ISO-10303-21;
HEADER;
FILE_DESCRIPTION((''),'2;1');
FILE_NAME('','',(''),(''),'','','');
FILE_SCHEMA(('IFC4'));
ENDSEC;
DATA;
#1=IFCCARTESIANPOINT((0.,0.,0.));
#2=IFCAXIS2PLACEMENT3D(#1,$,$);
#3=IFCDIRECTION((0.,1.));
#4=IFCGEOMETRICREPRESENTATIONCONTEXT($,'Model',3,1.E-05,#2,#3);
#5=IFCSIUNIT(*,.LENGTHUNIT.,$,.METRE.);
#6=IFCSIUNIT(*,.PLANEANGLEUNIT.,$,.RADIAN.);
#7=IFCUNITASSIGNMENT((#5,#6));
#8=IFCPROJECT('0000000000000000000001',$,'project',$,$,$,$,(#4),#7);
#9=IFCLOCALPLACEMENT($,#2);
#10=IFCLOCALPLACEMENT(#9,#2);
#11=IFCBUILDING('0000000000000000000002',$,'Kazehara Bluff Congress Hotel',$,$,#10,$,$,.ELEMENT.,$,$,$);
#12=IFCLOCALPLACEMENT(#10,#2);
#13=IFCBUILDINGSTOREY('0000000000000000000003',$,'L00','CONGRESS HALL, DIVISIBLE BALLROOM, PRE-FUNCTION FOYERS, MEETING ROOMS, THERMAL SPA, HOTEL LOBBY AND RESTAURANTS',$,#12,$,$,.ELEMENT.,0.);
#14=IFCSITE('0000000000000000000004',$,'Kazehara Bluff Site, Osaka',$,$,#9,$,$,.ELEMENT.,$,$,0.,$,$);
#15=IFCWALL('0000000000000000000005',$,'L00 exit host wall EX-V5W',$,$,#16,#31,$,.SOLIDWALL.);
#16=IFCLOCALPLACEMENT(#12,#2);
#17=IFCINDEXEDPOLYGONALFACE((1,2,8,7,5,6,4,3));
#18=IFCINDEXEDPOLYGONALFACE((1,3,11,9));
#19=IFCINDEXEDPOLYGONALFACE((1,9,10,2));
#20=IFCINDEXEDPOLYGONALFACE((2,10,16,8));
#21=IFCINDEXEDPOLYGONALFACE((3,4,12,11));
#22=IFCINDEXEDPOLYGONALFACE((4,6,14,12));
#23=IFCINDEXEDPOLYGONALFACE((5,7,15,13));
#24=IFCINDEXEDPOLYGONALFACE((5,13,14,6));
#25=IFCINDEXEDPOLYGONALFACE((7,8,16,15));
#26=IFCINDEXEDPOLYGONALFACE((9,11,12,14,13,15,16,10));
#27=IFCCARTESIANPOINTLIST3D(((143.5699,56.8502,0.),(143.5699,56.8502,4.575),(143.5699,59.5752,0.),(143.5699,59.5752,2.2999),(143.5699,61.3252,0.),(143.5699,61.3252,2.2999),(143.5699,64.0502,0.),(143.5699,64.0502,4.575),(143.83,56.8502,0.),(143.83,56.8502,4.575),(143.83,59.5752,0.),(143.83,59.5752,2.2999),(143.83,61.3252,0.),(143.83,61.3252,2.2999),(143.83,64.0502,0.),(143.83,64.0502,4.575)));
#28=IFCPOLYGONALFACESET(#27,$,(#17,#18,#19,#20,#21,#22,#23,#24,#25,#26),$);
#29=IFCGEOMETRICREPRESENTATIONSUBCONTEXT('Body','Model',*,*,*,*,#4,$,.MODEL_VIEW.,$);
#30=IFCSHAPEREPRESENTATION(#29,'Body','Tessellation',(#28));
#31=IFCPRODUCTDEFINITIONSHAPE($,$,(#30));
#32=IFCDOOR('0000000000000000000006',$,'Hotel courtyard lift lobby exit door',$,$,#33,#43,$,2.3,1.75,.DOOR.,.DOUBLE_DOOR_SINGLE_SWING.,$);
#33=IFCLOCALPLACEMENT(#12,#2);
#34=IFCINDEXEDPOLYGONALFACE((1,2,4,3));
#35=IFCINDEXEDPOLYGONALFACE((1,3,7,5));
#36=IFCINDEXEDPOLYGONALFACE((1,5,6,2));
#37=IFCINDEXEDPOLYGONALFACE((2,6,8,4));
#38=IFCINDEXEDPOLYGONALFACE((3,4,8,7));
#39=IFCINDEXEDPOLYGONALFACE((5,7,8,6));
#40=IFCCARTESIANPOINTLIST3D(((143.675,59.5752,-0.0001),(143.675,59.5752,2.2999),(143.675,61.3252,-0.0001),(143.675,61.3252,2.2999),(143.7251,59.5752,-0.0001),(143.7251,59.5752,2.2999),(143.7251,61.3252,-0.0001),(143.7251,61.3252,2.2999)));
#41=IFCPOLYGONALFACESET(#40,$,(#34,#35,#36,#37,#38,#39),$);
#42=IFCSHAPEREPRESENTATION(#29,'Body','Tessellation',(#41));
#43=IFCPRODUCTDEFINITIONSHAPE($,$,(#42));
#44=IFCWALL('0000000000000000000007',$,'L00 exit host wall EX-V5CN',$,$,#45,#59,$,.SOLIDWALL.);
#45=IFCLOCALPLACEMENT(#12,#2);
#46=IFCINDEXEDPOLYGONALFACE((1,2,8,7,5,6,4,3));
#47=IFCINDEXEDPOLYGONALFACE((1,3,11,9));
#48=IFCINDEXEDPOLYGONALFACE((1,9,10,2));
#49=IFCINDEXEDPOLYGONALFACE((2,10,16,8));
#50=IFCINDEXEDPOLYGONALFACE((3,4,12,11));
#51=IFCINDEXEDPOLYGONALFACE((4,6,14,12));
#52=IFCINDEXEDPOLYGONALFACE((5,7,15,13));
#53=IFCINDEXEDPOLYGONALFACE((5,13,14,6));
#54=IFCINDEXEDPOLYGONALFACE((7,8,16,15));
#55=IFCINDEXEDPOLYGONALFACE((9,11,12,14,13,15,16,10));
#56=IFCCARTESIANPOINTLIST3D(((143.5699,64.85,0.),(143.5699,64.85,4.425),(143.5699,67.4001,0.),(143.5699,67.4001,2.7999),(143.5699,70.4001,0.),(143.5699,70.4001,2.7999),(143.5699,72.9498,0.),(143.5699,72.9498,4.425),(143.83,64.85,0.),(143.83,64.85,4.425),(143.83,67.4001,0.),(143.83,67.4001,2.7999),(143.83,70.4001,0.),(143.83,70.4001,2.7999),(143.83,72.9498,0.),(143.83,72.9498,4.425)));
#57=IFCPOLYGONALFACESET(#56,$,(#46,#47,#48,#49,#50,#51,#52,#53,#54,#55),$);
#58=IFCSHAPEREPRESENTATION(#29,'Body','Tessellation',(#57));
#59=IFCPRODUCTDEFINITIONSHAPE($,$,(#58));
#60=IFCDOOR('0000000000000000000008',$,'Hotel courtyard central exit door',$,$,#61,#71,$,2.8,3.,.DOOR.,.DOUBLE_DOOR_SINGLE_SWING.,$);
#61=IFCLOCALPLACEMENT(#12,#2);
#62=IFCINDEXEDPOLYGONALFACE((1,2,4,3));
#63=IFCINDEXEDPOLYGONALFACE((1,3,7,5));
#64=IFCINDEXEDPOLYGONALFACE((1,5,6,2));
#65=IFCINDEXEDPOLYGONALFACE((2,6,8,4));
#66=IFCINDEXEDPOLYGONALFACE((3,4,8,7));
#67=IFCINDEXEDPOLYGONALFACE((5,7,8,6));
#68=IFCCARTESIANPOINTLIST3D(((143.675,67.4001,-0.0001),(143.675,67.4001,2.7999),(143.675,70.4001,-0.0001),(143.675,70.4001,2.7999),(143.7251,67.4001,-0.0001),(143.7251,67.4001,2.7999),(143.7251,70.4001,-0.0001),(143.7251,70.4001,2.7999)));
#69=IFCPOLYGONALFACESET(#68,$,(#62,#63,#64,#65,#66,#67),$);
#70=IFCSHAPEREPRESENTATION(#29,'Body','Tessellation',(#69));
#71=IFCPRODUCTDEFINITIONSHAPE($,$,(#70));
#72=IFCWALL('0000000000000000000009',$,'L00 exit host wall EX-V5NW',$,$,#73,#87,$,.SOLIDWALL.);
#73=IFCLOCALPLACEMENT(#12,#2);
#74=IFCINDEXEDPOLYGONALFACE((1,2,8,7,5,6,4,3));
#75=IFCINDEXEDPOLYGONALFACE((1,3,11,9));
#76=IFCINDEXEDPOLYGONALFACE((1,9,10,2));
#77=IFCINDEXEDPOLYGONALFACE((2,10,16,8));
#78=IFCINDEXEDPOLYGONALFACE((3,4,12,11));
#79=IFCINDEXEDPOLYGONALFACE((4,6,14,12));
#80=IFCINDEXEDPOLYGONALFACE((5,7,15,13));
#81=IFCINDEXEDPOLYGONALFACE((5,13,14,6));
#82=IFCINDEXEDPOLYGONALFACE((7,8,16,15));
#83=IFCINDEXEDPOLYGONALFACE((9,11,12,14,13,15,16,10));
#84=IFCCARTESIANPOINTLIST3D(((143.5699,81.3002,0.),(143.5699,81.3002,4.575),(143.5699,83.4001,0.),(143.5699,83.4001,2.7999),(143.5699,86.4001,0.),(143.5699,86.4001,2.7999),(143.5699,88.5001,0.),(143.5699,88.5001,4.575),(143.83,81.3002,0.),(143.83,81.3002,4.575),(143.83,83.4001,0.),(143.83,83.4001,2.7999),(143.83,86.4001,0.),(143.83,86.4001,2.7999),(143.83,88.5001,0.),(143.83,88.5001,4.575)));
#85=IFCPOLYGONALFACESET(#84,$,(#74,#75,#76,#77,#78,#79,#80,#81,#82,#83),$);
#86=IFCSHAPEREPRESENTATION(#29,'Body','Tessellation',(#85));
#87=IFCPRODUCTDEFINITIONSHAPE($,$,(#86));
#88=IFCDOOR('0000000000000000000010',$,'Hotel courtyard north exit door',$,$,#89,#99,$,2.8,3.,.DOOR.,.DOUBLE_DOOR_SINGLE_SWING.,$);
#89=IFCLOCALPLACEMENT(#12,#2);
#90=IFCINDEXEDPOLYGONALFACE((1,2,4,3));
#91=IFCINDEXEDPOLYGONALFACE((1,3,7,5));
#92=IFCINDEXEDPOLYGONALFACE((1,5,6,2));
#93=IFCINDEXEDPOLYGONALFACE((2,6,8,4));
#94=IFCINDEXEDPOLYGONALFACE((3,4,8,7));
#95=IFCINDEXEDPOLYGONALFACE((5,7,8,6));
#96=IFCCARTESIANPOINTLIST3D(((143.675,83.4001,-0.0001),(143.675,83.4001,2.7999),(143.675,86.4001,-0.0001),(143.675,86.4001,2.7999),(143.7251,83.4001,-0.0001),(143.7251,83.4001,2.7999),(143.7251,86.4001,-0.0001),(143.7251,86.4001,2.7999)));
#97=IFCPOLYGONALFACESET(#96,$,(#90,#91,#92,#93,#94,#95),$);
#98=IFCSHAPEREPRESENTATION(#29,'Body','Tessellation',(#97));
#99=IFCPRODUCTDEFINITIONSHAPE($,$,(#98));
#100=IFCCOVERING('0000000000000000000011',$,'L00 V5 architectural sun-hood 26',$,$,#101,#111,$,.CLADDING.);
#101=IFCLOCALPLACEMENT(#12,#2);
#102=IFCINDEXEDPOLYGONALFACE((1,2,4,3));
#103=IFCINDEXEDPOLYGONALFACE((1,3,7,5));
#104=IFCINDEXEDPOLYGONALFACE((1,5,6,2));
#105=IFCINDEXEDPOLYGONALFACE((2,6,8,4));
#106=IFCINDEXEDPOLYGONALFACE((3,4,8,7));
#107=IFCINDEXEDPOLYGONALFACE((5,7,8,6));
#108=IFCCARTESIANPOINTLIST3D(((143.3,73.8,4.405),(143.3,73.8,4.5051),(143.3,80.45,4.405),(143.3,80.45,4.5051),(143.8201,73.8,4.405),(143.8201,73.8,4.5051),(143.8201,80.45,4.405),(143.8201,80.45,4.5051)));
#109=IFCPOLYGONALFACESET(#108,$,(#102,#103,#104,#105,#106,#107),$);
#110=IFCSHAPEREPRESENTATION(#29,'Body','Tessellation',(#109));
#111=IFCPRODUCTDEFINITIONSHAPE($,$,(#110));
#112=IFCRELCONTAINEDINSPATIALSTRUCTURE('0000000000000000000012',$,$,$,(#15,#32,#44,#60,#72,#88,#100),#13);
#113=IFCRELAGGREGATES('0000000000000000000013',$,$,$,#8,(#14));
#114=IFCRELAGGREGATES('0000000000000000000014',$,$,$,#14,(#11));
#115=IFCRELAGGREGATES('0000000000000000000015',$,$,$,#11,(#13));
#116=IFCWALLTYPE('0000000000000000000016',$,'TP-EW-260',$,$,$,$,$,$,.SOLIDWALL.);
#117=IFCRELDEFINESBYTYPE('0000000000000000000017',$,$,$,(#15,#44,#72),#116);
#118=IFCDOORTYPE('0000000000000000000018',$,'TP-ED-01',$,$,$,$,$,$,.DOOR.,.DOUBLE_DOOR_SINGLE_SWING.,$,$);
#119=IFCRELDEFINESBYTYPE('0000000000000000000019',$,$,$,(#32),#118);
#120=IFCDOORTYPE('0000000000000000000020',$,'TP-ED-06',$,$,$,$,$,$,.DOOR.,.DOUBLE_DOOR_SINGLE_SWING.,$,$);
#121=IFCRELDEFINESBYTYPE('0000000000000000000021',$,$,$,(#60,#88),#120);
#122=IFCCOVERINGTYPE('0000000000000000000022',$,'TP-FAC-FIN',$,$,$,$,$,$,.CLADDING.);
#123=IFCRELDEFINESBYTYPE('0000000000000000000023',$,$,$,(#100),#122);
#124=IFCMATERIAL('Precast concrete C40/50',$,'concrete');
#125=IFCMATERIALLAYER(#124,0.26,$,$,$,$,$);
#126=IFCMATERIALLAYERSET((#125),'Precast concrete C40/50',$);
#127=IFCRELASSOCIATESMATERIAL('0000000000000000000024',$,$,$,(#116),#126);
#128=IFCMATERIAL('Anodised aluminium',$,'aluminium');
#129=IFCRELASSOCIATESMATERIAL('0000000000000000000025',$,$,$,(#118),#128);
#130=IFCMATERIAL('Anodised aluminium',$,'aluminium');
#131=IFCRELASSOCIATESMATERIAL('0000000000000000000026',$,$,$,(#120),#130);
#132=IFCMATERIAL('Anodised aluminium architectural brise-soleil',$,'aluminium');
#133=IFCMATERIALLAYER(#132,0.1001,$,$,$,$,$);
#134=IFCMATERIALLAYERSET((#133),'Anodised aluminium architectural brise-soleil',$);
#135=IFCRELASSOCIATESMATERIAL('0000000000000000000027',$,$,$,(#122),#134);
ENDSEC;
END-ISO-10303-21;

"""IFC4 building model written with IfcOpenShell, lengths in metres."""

from ifc_helpers import new_model, si_unit, direction, frame, frame_2d, origin, origin_2d, place, context, subcontext, project, spatial, rectangle, extrude, material, layer, layer_set, type_object, element, fill, save


model = new_model("IFC4")

# Units and contexts
model_context = context("Model", 3, precision=1e-05, world=origin(), true_north=direction((0.0, 1.0)))
body_context = subcontext(model_context, "Body", "Model", "MODEL_VIEW")
ifc_project = project(units=[si_unit("LENGTHUNIT", "METRE"), si_unit("PLANEANGLEUNIT", "RADIAN")], contexts=[model_context])

# Site, building, storey
site_placement = place(None, origin())
site = spatial("IfcSite", under=ifc_project, at=site_placement, Name="Kazehara Bluff Site, Osaka", CompositionType="ELEMENT", RefElevation=0.0)
building_placement = place(site_placement, origin())
building = spatial("IfcBuilding", under=site, at=building_placement, Name="Kazehara Bluff Congress Hotel", CompositionType="ELEMENT")
storey_placement = place(building_placement, origin())
storey = spatial("IfcBuildingStorey", under=building, at=storey_placement, Name="L00", Description="CONGRESS HALL, DIVISIBLE BALLROOM, PRE-FUNCTION FOYERS, MEETING ROOMS, THERMAL SPA, HOTEL LOBBY AND RESTAURANTS", CompositionType="ELEMENT", Elevation=0.0)

# Walls, openings, doors
ifc_material_1 = material(Name="Precast concrete C40/50", Category="concrete")
ifc_layer_1 = layer(ifc_material_1, 0.26)
ifc_layer_set_1 = layer_set([ifc_layer_1], Name="Precast concrete C40/50")
wall_type = type_object("IfcWallType", Name="TP-EW-260", PredefinedType="SOLIDWALL", material=ifc_layer_set_1)
wall_1_placement = place(storey_placement, frame((143.7, 56.8501, 0.0), z_axis=(0.0, 0.0, 1.0), x_axis=(0.0, 1.0, 0.0)))
wall_1 = element("IfcWall", 1, at=wall_1_placement, inside=storey, type_object=wall_type, Name="L00 exit host wall EX-V5W", PredefinedType="SOLIDWALL", context=body_context, shape_type="SweptSolid", body=[
    extrude(rectangle(XDim=7.2, YDim=0.26, at=frame_2d((3.6001, 0.0))), origin(), (0.0, 0.0, 1.0), 4.575),
])
opening_1_placement = place(wall_1_placement, frame((2.7251, 0.0, 0.0)))
opening_1 = element("IfcOpeningElement", 2, at=opening_1_placement, cuts=wall_1, PredefinedType="OPENING", context=body_context, shape_type="SweptSolid", body=[
    extrude(rectangle(XDim=1.75, YDim=2.3, at=frame_2d((0.875, 1.1499))), frame((0.0, 0.1399, 0.0), z_axis=(0.0, -1.0, 0.0), x_axis=(1.0, 0.0, 0.0)), (0.0, 0.0, 1.0), 0.28),
])
ifc_material_2 = material(Name="Anodised aluminium", Category="aluminium")
door_type_1 = type_object("IfcDoorType", Name="TP-ED-01", OperationType="DOUBLE_DOOR_SINGLE_SWING", PredefinedType="DOOR", material=ifc_material_2)
door_1_placement = place(opening_1_placement, origin())
door_1 = element("IfcDoor", 3, at=door_1_placement, inside=storey, type_object=door_type_1, Name="Hotel courtyard lift lobby exit door", OperationType="DOUBLE_DOOR_SINGLE_SWING", OverallHeight=2.3, OverallWidth=1.75, PredefinedType="DOOR", context=body_context, shape_type="SweptSolid", body=[
    extrude(rectangle(XDim=1.75, YDim=2.3, at=frame_2d((0.875, 1.1499))), frame((0.0, 0.0249, 0.0), z_axis=(0.0, -1.0, 0.0), x_axis=(1.0, 0.0, 0.0)), (0.0, 0.0, 1.0), 0.05),
])
fill(opening_1, door_1)
wall_2_placement = place(storey_placement, frame((143.7, 64.8501, 0.0), z_axis=(0.0, 0.0, 1.0), x_axis=(0.0, 1.0, 0.0)))
wall_2 = element("IfcWall", 4, at=wall_2_placement, inside=storey, type_object=wall_type, Name="L00 exit host wall EX-V5CN", PredefinedType="SOLIDWALL", context=body_context, shape_type="SweptSolid", body=[
    extrude(rectangle(XDim=8.0999, YDim=0.26, at=frame_2d((4.0498, 0.0))), origin(), (0.0, 0.0, 1.0), 4.425),
])
opening_2_placement = place(wall_2_placement, frame((2.55, 0.0, 0.0)))
opening_2 = element("IfcOpeningElement", 5, at=opening_2_placement, cuts=wall_2, PredefinedType="OPENING", context=body_context, shape_type="SweptSolid", body=[
    extrude(rectangle(XDim=3.0, YDim=2.8, at=frame_2d((1.5, 1.3999))), frame((0.0, 0.1399, 0.0), z_axis=(0.0, -1.0, 0.0), x_axis=(1.0, 0.0, 0.0)), (0.0, 0.0, 1.0), 0.28),
])
ifc_material_3 = material(Name="Anodised aluminium", Category="aluminium")
door_type_2 = type_object("IfcDoorType", Name="TP-ED-06", OperationType="DOUBLE_DOOR_SINGLE_SWING", PredefinedType="DOOR", material=ifc_material_3)
door_2_placement = place(opening_2_placement, origin())
door_2 = element("IfcDoor", 6, at=door_2_placement, inside=storey, type_object=door_type_2, Name="Hotel courtyard central exit door", OperationType="DOUBLE_DOOR_SINGLE_SWING", OverallHeight=2.8, OverallWidth=3.0, PredefinedType="DOOR", context=body_context, shape_type="SweptSolid", body=[
    extrude(rectangle(XDim=3.0, YDim=2.8, at=frame_2d((1.5, 1.3999))), frame((0.0, 0.0249, 0.0), z_axis=(0.0, -1.0, 0.0), x_axis=(1.0, 0.0, 0.0)), (0.0, 0.0, 1.0), 0.05),
])
fill(opening_2, door_2)
wall_3_placement = place(storey_placement, frame((143.7, 81.3, 0.0), z_axis=(0.0, 0.0, 1.0), x_axis=(0.0, 1.0, 0.0)))
wall_3 = element("IfcWall", 7, at=wall_3_placement, inside=storey, type_object=wall_type, Name="L00 exit host wall EX-V5NW", PredefinedType="SOLIDWALL", context=body_context, shape_type="SweptSolid", body=[
    extrude(rectangle(XDim=7.2, YDim=0.26, at=frame_2d((3.6001, 0.0))), origin(), (0.0, 0.0, 1.0), 4.575),
])
opening_3_placement = place(wall_3_placement, frame((2.1001, 0.0, 0.0)))
opening_3 = element("IfcOpeningElement", 8, at=opening_3_placement, cuts=wall_3, PredefinedType="OPENING", context=body_context, shape_type="SweptSolid", body=[
    extrude(rectangle(XDim=3.0, YDim=2.8, at=frame_2d((1.5, 1.3999))), frame((0.0, 0.1399, 0.0), z_axis=(0.0, -1.0, 0.0), x_axis=(1.0, 0.0, 0.0)), (0.0, 0.0, 1.0), 0.28),
])
door_3_placement = place(opening_3_placement, origin())
door_3 = element("IfcDoor", 9, at=door_3_placement, inside=storey, type_object=door_type_2, Name="Hotel courtyard north exit door", OperationType="DOUBLE_DOOR_SINGLE_SWING", OverallHeight=2.8, OverallWidth=3.0, PredefinedType="DOOR", context=body_context, shape_type="SweptSolid", body=[
    extrude(rectangle(XDim=3.0, YDim=2.8, at=frame_2d((1.5, 1.3999))), frame((0.0, 0.0249, 0.0), z_axis=(0.0, -1.0, 0.0), x_axis=(1.0, 0.0, 0.0)), (0.0, 0.0, 1.0), 0.05),
])
fill(opening_3, door_3)

# Covering
ifc_material_4 = material(Name="Anodised aluminium architectural brise-soleil", Category="aluminium")
ifc_layer_2 = layer(ifc_material_4, 0.1001)
ifc_layer_set_2 = layer_set([ifc_layer_2], Name="Anodised aluminium architectural brise-soleil")
covering_type = type_object("IfcCoveringType", Name="TP-FAC-FIN", PredefinedType="CLADDING", material=ifc_layer_set_2)
covering_placement = place(storey_placement, frame((143.5601, 77.125, 4.405), z_axis=(0.0, 0.0, 1.0), x_axis=(1.0, 0.0, 0.0)))
element("IfcCovering", 10, at=covering_placement, inside=storey, type_object=covering_type, Name="L00 V5 architectural sun-hood 26", PredefinedType="CLADDING", context=body_context, shape_type="SweptSolid", body=[
    extrude(rectangle(XDim=0.52, YDim=6.6499, at=origin_2d()), origin(), (0.0, 0.0, 1.0), 0.1001),
])

save(model, "model.ifc")
